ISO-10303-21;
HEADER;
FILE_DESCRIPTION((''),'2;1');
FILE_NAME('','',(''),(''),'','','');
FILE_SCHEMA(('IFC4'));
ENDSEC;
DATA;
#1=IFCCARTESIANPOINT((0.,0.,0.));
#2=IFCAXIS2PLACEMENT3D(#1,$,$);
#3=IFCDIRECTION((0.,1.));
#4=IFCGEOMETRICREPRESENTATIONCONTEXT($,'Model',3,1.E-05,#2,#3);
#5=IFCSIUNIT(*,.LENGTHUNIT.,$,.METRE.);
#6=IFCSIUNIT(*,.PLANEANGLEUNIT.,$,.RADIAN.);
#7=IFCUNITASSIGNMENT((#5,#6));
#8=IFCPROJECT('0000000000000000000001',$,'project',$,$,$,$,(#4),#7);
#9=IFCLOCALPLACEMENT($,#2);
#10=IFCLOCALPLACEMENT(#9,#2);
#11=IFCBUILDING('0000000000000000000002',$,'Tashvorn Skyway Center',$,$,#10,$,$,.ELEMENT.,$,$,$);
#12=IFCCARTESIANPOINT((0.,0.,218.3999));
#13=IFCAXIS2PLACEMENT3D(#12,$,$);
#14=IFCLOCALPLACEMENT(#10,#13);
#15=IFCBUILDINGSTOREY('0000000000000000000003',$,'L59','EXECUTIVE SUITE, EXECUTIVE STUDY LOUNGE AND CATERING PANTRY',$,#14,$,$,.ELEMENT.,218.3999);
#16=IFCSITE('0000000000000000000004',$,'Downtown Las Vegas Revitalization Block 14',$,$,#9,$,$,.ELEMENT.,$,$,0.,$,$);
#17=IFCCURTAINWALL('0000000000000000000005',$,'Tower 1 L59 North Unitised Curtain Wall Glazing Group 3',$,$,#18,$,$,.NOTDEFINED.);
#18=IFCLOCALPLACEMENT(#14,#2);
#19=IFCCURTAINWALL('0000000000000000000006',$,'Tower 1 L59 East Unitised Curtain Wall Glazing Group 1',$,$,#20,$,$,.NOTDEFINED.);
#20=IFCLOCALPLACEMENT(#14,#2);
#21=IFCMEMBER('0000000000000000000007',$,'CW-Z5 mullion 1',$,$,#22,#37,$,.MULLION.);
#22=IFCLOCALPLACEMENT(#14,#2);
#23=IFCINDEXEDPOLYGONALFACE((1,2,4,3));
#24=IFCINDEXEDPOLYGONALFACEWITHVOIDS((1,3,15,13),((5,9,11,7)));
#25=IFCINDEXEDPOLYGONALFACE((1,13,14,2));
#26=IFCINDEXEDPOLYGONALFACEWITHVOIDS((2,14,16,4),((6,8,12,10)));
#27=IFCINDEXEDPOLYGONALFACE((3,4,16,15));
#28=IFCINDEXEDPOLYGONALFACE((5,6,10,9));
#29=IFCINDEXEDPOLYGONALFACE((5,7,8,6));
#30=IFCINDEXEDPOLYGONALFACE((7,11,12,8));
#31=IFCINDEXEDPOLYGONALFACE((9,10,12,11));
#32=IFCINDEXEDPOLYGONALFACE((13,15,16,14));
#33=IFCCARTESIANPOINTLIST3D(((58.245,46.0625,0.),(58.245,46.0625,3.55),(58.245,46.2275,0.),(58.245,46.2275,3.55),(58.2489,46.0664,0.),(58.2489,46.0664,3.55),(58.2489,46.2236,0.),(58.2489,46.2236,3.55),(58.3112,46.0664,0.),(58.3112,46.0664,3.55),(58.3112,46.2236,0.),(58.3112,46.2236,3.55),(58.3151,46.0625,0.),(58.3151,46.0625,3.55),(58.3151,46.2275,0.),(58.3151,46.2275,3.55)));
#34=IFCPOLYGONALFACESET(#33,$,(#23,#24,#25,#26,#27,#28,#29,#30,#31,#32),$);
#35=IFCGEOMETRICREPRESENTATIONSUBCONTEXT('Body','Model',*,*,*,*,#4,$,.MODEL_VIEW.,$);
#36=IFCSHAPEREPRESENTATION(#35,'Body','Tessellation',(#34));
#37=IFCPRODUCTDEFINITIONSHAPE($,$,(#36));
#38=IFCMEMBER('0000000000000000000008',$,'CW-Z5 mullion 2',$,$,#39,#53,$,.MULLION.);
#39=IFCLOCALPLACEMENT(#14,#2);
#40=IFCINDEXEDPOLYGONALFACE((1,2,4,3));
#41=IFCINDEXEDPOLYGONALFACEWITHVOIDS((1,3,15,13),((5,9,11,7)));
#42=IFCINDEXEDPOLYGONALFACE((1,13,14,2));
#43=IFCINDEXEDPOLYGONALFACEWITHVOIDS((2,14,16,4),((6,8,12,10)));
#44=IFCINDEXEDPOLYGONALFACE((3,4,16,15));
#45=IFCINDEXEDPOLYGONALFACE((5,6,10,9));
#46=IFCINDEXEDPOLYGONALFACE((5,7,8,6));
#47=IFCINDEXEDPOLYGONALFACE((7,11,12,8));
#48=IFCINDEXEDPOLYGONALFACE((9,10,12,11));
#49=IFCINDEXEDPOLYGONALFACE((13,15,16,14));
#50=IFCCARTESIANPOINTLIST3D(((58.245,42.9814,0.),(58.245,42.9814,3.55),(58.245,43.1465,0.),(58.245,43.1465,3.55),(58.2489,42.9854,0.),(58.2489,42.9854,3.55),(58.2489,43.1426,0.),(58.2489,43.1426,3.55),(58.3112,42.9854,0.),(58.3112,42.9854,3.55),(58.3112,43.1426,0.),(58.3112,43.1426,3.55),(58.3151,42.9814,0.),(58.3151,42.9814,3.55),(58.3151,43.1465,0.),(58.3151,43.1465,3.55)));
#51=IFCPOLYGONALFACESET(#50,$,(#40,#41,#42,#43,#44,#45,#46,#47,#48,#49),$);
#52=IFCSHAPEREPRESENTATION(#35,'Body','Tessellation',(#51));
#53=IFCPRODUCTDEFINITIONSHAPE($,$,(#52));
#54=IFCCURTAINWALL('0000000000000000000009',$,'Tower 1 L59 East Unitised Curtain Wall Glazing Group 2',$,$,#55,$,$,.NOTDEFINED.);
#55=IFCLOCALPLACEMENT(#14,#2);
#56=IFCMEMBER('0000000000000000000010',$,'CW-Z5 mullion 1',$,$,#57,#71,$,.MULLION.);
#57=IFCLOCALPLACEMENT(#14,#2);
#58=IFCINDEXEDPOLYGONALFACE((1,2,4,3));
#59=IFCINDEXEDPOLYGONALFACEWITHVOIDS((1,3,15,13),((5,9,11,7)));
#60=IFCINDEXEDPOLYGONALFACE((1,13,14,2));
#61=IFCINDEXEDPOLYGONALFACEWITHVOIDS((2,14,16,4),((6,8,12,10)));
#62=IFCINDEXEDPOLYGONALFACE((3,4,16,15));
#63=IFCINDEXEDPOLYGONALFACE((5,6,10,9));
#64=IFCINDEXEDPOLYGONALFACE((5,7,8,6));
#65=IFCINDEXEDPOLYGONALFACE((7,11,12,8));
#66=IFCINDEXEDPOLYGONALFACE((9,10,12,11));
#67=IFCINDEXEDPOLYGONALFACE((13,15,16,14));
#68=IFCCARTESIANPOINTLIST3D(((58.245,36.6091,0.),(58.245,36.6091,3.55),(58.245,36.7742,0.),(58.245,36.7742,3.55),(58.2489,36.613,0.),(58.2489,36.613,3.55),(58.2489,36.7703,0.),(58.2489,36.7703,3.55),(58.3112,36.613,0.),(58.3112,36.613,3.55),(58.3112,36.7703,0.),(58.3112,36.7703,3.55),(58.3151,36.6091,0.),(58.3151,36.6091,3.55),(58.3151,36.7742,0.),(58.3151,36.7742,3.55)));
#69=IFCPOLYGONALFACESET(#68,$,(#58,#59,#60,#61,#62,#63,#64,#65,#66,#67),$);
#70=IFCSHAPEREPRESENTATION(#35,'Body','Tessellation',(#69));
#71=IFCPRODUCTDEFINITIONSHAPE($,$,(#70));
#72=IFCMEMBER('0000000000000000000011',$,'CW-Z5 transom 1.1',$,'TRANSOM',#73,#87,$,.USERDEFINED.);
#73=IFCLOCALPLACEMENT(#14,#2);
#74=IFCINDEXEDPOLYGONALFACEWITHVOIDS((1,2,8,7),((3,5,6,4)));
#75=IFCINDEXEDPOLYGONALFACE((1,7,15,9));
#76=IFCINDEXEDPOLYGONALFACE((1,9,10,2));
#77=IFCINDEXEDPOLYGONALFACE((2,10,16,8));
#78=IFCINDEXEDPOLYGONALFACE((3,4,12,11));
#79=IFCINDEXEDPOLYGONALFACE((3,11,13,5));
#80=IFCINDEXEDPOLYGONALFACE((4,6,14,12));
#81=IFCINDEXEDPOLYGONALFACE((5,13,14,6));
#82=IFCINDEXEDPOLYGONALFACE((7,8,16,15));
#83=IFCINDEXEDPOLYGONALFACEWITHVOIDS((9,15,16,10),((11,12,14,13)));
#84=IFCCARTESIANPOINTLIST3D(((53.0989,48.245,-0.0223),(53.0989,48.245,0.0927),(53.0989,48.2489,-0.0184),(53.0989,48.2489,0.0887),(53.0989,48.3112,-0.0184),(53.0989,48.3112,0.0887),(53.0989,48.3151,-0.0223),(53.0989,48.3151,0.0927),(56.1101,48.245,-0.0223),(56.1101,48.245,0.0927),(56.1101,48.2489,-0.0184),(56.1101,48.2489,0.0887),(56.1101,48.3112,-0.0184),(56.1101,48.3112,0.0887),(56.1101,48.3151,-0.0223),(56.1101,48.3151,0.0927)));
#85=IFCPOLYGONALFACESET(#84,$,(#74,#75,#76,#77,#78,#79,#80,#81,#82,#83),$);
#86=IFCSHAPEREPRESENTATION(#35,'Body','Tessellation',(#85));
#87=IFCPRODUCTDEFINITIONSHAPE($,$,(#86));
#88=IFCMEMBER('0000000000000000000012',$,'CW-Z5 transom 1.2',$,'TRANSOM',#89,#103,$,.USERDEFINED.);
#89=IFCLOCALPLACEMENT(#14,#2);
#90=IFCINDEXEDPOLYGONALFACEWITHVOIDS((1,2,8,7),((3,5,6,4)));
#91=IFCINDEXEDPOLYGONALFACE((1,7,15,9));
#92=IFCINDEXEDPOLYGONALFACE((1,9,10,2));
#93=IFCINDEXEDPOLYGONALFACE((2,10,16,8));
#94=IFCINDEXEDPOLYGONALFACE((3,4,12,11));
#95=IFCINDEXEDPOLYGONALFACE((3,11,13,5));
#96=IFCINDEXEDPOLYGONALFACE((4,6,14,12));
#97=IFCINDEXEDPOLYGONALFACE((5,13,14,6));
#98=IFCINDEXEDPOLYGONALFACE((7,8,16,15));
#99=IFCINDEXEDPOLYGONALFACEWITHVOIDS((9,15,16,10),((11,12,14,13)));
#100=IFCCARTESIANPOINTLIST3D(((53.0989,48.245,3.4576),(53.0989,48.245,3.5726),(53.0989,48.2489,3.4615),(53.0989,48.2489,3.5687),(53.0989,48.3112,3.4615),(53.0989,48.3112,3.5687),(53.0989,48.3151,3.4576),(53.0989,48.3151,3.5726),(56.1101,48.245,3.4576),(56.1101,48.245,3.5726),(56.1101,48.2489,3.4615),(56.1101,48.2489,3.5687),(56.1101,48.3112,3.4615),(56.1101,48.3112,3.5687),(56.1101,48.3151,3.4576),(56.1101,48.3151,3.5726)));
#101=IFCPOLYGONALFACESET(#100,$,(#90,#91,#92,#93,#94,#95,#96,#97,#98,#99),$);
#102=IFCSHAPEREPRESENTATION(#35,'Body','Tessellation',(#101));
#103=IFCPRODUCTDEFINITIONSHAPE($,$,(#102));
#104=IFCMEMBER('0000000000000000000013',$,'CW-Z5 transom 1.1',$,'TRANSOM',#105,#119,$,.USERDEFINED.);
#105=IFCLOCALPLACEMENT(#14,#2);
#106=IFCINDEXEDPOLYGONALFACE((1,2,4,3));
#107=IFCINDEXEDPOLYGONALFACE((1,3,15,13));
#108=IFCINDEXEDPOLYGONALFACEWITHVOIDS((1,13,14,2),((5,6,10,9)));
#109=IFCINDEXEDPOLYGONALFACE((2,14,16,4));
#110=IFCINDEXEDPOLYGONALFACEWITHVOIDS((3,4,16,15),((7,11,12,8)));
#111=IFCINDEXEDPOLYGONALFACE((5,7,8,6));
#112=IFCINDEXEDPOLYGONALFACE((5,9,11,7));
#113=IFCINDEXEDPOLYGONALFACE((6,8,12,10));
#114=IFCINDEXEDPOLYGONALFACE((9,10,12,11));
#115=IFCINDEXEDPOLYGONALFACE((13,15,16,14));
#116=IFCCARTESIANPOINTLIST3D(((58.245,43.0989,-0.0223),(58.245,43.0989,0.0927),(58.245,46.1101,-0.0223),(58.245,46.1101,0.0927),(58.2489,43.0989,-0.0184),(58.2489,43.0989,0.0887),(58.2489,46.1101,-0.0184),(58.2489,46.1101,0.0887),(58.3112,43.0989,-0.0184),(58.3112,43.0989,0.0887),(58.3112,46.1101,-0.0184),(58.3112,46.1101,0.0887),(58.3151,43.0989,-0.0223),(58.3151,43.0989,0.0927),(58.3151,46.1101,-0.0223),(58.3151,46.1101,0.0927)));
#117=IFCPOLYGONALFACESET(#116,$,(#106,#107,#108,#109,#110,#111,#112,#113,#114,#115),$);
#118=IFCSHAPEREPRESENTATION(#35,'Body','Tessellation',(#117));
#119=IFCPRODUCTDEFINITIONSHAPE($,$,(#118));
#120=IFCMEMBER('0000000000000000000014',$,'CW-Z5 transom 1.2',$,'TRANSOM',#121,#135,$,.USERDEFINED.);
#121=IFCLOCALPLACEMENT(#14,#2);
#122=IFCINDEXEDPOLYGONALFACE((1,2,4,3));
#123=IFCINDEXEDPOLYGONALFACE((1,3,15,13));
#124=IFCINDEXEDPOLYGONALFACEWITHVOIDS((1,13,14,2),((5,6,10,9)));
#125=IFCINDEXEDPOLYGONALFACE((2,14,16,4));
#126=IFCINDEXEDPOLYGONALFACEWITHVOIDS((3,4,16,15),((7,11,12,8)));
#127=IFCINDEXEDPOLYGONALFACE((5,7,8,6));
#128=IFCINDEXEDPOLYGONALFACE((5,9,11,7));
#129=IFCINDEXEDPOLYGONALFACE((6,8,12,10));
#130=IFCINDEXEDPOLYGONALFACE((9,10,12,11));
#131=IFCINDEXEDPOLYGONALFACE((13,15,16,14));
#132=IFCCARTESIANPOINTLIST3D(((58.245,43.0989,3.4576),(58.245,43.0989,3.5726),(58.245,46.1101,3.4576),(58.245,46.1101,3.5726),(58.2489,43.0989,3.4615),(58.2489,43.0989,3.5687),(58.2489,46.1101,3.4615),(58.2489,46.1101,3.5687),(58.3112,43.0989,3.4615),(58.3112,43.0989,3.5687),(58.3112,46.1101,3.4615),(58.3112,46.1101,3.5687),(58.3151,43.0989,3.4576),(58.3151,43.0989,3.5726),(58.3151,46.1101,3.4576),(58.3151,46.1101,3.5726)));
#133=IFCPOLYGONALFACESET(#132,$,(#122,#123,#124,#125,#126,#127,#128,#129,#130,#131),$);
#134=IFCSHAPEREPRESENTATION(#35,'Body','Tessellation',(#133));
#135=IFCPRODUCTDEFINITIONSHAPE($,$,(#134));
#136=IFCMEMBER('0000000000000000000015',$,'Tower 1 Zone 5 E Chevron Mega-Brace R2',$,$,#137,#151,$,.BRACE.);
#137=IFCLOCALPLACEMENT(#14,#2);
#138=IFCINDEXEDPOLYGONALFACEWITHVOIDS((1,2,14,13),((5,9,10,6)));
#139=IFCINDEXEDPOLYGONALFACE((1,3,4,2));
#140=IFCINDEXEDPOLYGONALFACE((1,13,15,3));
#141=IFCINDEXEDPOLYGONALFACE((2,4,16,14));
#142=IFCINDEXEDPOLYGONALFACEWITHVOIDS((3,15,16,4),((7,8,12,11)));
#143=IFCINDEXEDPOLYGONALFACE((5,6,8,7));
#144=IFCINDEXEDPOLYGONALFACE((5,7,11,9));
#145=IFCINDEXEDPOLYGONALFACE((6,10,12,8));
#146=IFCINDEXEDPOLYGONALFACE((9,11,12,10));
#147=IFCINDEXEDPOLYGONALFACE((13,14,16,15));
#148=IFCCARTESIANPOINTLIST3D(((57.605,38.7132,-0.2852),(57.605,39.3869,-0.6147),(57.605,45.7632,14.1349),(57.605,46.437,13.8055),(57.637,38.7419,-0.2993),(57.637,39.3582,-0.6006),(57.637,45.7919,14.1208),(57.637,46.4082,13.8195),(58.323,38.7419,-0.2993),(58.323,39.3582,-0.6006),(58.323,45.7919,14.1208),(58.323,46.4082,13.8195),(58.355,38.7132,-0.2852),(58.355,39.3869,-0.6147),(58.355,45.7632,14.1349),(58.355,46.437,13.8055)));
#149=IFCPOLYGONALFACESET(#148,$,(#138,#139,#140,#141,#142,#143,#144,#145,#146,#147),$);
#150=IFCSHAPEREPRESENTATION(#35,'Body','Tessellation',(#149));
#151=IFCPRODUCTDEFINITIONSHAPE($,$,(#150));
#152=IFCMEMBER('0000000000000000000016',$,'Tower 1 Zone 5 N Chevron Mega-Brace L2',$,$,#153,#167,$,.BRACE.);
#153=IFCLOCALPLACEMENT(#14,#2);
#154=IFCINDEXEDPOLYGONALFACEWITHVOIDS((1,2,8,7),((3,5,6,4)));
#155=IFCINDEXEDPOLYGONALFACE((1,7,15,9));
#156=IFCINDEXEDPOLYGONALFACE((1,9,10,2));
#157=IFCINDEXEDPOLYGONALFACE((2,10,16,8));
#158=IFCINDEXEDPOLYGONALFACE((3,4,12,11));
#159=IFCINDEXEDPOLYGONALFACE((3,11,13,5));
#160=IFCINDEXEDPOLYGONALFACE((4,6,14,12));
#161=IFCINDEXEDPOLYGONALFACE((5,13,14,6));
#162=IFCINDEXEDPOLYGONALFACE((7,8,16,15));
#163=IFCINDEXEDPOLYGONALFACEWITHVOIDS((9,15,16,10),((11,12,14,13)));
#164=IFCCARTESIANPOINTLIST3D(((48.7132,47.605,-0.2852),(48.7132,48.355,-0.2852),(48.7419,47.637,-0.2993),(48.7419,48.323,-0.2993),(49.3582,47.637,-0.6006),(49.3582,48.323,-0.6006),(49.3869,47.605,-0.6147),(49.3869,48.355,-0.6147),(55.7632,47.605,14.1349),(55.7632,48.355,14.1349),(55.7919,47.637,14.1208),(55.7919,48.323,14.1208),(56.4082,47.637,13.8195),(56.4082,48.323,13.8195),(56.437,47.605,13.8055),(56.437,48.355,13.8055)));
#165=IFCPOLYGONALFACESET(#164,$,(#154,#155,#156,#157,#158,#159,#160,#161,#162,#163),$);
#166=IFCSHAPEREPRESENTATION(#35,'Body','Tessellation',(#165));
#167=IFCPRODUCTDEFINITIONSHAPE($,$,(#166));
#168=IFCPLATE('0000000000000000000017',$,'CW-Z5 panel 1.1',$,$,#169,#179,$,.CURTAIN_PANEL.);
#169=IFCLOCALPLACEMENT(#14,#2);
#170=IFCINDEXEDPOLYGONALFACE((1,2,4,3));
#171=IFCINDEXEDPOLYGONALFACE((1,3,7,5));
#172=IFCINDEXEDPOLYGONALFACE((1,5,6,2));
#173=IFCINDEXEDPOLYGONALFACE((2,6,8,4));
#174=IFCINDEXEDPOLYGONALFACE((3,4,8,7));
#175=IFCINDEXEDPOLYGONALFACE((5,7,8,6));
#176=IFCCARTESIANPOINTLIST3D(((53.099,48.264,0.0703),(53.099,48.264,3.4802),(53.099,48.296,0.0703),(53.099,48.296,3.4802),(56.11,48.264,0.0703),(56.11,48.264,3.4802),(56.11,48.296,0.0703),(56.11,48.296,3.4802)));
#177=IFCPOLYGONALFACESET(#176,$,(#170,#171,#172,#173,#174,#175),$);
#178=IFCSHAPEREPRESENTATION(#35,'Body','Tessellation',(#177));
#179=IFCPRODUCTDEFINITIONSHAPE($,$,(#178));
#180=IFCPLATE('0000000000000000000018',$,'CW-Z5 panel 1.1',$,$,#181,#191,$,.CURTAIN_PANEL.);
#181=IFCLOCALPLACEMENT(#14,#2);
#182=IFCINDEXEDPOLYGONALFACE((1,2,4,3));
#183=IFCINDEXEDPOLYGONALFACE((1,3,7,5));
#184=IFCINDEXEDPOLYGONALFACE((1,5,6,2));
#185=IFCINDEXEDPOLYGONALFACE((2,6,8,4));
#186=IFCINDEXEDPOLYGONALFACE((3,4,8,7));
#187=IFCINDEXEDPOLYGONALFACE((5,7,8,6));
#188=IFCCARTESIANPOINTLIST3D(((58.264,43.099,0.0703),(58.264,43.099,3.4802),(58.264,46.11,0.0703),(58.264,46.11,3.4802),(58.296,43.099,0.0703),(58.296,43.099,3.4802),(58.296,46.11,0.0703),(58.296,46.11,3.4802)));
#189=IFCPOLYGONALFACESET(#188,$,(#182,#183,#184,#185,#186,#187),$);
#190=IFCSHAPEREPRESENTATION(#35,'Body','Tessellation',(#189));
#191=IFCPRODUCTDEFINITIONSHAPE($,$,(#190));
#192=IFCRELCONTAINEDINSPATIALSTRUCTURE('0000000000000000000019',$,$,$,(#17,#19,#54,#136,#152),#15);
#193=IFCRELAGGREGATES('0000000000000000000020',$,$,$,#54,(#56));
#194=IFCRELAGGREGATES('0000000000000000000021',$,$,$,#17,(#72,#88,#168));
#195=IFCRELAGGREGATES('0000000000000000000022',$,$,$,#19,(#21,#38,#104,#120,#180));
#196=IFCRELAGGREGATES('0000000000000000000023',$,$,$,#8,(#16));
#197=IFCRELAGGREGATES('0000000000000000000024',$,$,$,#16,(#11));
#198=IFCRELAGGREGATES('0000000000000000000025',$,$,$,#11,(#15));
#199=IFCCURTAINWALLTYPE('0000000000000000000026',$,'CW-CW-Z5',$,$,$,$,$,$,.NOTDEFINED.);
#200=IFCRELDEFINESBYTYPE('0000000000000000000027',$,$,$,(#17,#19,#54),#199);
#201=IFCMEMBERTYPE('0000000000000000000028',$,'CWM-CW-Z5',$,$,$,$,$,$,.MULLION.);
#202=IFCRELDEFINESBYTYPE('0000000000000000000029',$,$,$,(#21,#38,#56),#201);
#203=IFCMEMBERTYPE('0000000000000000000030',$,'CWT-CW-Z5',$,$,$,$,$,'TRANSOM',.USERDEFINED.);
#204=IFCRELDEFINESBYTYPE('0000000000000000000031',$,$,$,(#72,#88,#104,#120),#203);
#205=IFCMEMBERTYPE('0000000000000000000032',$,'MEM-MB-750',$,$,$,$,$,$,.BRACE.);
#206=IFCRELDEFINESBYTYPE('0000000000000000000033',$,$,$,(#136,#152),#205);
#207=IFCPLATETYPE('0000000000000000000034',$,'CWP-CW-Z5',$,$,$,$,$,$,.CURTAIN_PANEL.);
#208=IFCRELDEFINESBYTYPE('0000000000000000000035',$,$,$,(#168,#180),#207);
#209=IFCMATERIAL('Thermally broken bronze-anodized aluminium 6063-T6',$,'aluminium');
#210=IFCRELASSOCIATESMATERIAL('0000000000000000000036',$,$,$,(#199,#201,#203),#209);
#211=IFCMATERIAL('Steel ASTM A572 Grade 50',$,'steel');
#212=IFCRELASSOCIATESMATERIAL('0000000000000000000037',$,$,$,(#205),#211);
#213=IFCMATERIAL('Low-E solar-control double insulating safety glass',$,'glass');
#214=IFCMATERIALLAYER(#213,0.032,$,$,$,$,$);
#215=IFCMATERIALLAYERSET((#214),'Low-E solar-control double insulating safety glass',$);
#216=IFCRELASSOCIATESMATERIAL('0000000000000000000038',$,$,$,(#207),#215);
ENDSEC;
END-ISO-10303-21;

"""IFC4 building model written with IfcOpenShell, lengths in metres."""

from ifc_helpers import new_model, si_unit, direction, frame, origin, origin_2d, place, context, subcontext, project, spatial, rectangle, hollow_rectangle, extrude, material, layer, layer_set, material_profile, profile_set, type_object, element, aggregate, save


model = new_model("IFC4")

# Units and contexts
model_context = context("Model", 3, precision=1e-05, world=origin(), true_north=direction((0.0, 1.0)))
body_context = subcontext(model_context, "Body", "Model", "MODEL_VIEW")
ifc_project = project(units=[si_unit("LENGTHUNIT", "METRE"), si_unit("PLANEANGLEUNIT", "RADIAN")], contexts=[model_context])

# Site, building, storey
site_placement = place(None, origin())
site = spatial("IfcSite", under=ifc_project, at=site_placement, Name="Downtown Las Vegas Revitalization Block 14", CompositionType="ELEMENT", RefElevation=0.0)
building_placement = place(site_placement, origin())
building = spatial("IfcBuilding", under=site, at=building_placement, Name="Tashvorn Skyway Center", CompositionType="ELEMENT")
storey_placement = place(building_placement, frame((0.0, 0.0, 218.3999)))
storey = spatial("IfcBuildingStorey", under=building, at=storey_placement, Name="L59", Description="EXECUTIVE SUITE, EXECUTIVE STUDY LOUNGE AND CATERING PANTRY", CompositionType="ELEMENT", Elevation=218.3999)

# Shared definitions
ifc_material_1 = material(Name="Steel ASTM A572 Grade 50", Category="steel")

# Curtain walls, members
ifc_material_2 = material(Name="Thermally broken bronze-anodized aluminium 6063-T6", Category="aluminium")
curtain_wall_type = type_object("IfcCurtainWallType", Name="CW-CW-Z5", PredefinedType="NOTDEFINED", material=ifc_material_2)
curtain_wall_1_placement = place(storey_placement, origin())
curtain_wall_1 = element("IfcCurtainWall", 1, at=curtain_wall_1_placement, inside=storey, type_object=curtain_wall_type, Name="Tower 1 L59 North Unitised Curtain Wall Glazing Group 3", PredefinedType="NOTDEFINED")
ifc_material_profile_1 = material_profile(ifc_material_2, hollow_rectangle(XDim=0.0701, YDim=0.165, WallThickness=0.0039, at=origin_2d()), Name="ALU-MULL-70x165")
ifc_profile_set_1 = profile_set([ifc_material_profile_1], Name="Thermally broken bronze-anodized aluminium 6063-T6")
member_type_1 = type_object("IfcMemberType", Name="CWM-CW-Z5", PredefinedType="MULLION", material=ifc_profile_set_1)
curtain_wall_2_placement = place(storey_placement, origin())
curtain_wall_2 = element("IfcCurtainWall", 2, at=curtain_wall_2_placement, inside=storey, type_object=curtain_wall_type, Name="Tower 1 L59 East Unitised Curtain Wall Glazing Group 1", PredefinedType="NOTDEFINED")
member_1_placement = place(storey_placement, frame((58.28, 46.145, 0.0), z_axis=(0.0, 0.0, 1.0), x_axis=(1.0, 0.0, 0.0)))
member_1 = element("IfcMember", 3, at=member_1_placement, type_object=member_type_1, Name="CW-Z5 mullion 1", PredefinedType="MULLION", context=body_context, shape_type="SweptSolid", body=[
    extrude(hollow_rectangle(XDim=0.0701, YDim=0.165, WallThickness=0.0039, at=origin_2d()), origin(), (0.0, 0.0, 1.0), 3.55),
])
member_2_placement = place(storey_placement, frame((58.28, 43.064, 0.0), z_axis=(0.0, 0.0, 1.0), x_axis=(1.0, 0.0, 0.0)))
member_2 = element("IfcMember", 4, at=member_2_placement, type_object=member_type_1, Name="CW-Z5 mullion 2", PredefinedType="MULLION", context=body_context, shape_type="SweptSolid", body=[
    extrude(hollow_rectangle(XDim=0.0701, YDim=0.165, WallThickness=0.0039, at=origin_2d()), origin(), (0.0, 0.0, 1.0), 3.55),
])

# Curtain wall, member
curtain_wall_3_placement = place(storey_placement, origin())
curtain_wall_3 = element("IfcCurtainWall", 5, at=curtain_wall_3_placement, inside=storey, type_object=curtain_wall_type, Name="Tower 1 L59 East Unitised Curtain Wall Glazing Group 2", PredefinedType="NOTDEFINED")
member_3_placement = place(storey_placement, frame((58.28, 36.6917, 0.0), z_axis=(0.0, 0.0, 1.0), x_axis=(1.0, 0.0, 0.0)))
member_3 = element("IfcMember", 6, at=member_3_placement, type_object=member_type_1, Name="CW-Z5 mullion 1", PredefinedType="MULLION", context=body_context, shape_type="SweptSolid", body=[
    extrude(hollow_rectangle(XDim=0.0701, YDim=0.165, WallThickness=0.0039, at=origin_2d()), origin(), (0.0, 0.0, 1.0), 3.55),
])
aggregate(curtain_wall_3, [member_3])

# Members
ifc_material_profile_2 = material_profile(ifc_material_2, hollow_rectangle(XDim=0.0701, YDim=0.115, WallThickness=0.0039, at=origin_2d()), Name="ALU-TRAN-70x115")
ifc_profile_set_2 = profile_set([ifc_material_profile_2], Name="Thermally broken bronze-anodized aluminium 6063-T6")
member_type_2 = type_object("IfcMemberType", Name="CWT-CW-Z5", ElementType="TRANSOM", PredefinedType="USERDEFINED", material=ifc_profile_set_2)
member_4_placement = place(storey_placement, frame((53.0989, 48.28, 0.0352), z_axis=(1.0, 0.0, 0.0), x_axis=(0.0, 1.0, 0.0)))
member_4 = element("IfcMember", 7, at=member_4_placement, type_object=member_type_2, Name="CW-Z5 transom 1.1", ObjectType="TRANSOM", PredefinedType="USERDEFINED", context=body_context, shape_type="SweptSolid", body=[
    extrude(hollow_rectangle(XDim=0.0701, YDim=0.115, WallThickness=0.0039, at=origin_2d()), origin(), (0.0, 0.0, 1.0), 3.0112),
])
member_5_placement = place(storey_placement, frame((53.0989, 48.28, 3.5151), z_axis=(1.0, 0.0, 0.0), x_axis=(0.0, 1.0, 0.0)))
member_5 = element("IfcMember", 8, at=member_5_placement, type_object=member_type_2, Name="CW-Z5 transom 1.2", ObjectType="TRANSOM", PredefinedType="USERDEFINED", context=body_context, shape_type="SweptSolid", body=[
    extrude(hollow_rectangle(XDim=0.0701, YDim=0.115, WallThickness=0.0039, at=origin_2d()), origin(), (0.0, 0.0, 1.0), 3.0112),
])
member_6_placement = place(storey_placement, frame((58.28, 46.1101, 0.0352), z_axis=(0.0, -1.0, 0.0), x_axis=(1.0, 0.0, 0.0)))
member_6 = element("IfcMember", 9, at=member_6_placement, type_object=member_type_2, Name="CW-Z5 transom 1.1", ObjectType="TRANSOM", PredefinedType="USERDEFINED", context=body_context, shape_type="SweptSolid", body=[
    extrude(hollow_rectangle(XDim=0.0701, YDim=0.115, WallThickness=0.0039, at=origin_2d()), origin(), (0.0, 0.0, 1.0), 3.0112),
])
member_7_placement = place(storey_placement, frame((58.28, 46.1101, 3.5151), z_axis=(0.0, -1.0, 0.0), x_axis=(1.0, 0.0, 0.0)))
member_7 = element("IfcMember", 10, at=member_7_placement, type_object=member_type_2, Name="CW-Z5 transom 1.2", ObjectType="TRANSOM", PredefinedType="USERDEFINED", context=body_context, shape_type="SweptSolid", body=[
    extrude(hollow_rectangle(XDim=0.0701, YDim=0.115, WallThickness=0.0039, at=origin_2d()), origin(), (0.0, 0.0, 1.0), 3.0112),
])

# Members
ifc_material_profile_3 = material_profile(ifc_material_1, hollow_rectangle(XDim=0.75, YDim=0.75, WallThickness=0.032, at=origin_2d()), Name="BOX750x750x32")
ifc_profile_set_3 = profile_set([ifc_material_profile_3], Name="Steel ASTM A572 Grade 50")
member_type_3 = type_object("IfcMemberType", Name="MEM-MB-750", PredefinedType="BRACE", material=ifc_profile_set_3)
for number, where, z_axis, x_axis, name in (
    (11, (57.98, 39.05, -0.45), (0.0, 0.43922, 0.89838), (-1.0, 0.0, 0.0), "Tower 1 Zone 5 E Chevron Mega-Brace R2"),
    (12, (49.05, 47.98, -0.45), (0.43922, 0.0, 0.89838), (0.0, 1.0, 0.0), "Tower 1 Zone 5 N Chevron Mega-Brace L2"),
):
    element("IfcMember", number, at=place(storey_placement, frame(where, z_axis=z_axis, x_axis=x_axis)), inside=storey, type_object=member_type_3, Name=name, PredefinedType="BRACE", context=body_context, shape_type="SweptSolid", body=[
        extrude(hollow_rectangle(XDim=0.75, YDim=0.75, WallThickness=0.032, at=origin_2d()), origin(), (0.0, 0.0, 1.0), 16.0513),
    ])

# Plates
ifc_material_3 = material(Name="Low-E solar-control double insulating safety glass", Category="glass")
ifc_layer_1 = layer(ifc_material_3, 0.032)
ifc_layer_set_1 = layer_set([ifc_layer_1], Name="Low-E solar-control double insulating safety glass")
plate_type_1 = type_object("IfcPlateType", Name="CWP-CW-Z5", PredefinedType="CURTAIN_PANEL", material=ifc_layer_set_1)
plate_1_placement = place(storey_placement, frame((54.6045, 48.28, 0.0703), z_axis=(0.0, 0.0, 1.0), x_axis=(1.0, 0.0, 0.0)))
plate_1 = element("IfcPlate", 13, at=plate_1_placement, type_object=plate_type_1, Name="CW-Z5 panel 1.1", PredefinedType="CURTAIN_PANEL", context=body_context, shape_type="SweptSolid", body=[
    extrude(rectangle(XDim=3.011, YDim=0.032, at=origin_2d()), origin(), (0.0, 0.0, 1.0), 3.4099),
])
aggregate(curtain_wall_1, [member_4, member_5, plate_1])
plate_2_placement = place(storey_placement, frame((58.28, 44.6045, 0.0703), z_axis=(0.0, 0.0, 1.0), x_axis=(0.0, -1.0, 0.0)))
plate_2 = element("IfcPlate", 14, at=plate_2_placement, type_object=plate_type_1, Name="CW-Z5 panel 1.1", PredefinedType="CURTAIN_PANEL", context=body_context, shape_type="SweptSolid", body=[
    extrude(rectangle(XDim=3.011, YDim=0.032, at=origin_2d()), origin(), (0.0, 0.0, 1.0), 3.4099),
])
aggregate(curtain_wall_2, [member_1, member_2, member_6, member_7, plate_2])

save(model, "model.ifc")
